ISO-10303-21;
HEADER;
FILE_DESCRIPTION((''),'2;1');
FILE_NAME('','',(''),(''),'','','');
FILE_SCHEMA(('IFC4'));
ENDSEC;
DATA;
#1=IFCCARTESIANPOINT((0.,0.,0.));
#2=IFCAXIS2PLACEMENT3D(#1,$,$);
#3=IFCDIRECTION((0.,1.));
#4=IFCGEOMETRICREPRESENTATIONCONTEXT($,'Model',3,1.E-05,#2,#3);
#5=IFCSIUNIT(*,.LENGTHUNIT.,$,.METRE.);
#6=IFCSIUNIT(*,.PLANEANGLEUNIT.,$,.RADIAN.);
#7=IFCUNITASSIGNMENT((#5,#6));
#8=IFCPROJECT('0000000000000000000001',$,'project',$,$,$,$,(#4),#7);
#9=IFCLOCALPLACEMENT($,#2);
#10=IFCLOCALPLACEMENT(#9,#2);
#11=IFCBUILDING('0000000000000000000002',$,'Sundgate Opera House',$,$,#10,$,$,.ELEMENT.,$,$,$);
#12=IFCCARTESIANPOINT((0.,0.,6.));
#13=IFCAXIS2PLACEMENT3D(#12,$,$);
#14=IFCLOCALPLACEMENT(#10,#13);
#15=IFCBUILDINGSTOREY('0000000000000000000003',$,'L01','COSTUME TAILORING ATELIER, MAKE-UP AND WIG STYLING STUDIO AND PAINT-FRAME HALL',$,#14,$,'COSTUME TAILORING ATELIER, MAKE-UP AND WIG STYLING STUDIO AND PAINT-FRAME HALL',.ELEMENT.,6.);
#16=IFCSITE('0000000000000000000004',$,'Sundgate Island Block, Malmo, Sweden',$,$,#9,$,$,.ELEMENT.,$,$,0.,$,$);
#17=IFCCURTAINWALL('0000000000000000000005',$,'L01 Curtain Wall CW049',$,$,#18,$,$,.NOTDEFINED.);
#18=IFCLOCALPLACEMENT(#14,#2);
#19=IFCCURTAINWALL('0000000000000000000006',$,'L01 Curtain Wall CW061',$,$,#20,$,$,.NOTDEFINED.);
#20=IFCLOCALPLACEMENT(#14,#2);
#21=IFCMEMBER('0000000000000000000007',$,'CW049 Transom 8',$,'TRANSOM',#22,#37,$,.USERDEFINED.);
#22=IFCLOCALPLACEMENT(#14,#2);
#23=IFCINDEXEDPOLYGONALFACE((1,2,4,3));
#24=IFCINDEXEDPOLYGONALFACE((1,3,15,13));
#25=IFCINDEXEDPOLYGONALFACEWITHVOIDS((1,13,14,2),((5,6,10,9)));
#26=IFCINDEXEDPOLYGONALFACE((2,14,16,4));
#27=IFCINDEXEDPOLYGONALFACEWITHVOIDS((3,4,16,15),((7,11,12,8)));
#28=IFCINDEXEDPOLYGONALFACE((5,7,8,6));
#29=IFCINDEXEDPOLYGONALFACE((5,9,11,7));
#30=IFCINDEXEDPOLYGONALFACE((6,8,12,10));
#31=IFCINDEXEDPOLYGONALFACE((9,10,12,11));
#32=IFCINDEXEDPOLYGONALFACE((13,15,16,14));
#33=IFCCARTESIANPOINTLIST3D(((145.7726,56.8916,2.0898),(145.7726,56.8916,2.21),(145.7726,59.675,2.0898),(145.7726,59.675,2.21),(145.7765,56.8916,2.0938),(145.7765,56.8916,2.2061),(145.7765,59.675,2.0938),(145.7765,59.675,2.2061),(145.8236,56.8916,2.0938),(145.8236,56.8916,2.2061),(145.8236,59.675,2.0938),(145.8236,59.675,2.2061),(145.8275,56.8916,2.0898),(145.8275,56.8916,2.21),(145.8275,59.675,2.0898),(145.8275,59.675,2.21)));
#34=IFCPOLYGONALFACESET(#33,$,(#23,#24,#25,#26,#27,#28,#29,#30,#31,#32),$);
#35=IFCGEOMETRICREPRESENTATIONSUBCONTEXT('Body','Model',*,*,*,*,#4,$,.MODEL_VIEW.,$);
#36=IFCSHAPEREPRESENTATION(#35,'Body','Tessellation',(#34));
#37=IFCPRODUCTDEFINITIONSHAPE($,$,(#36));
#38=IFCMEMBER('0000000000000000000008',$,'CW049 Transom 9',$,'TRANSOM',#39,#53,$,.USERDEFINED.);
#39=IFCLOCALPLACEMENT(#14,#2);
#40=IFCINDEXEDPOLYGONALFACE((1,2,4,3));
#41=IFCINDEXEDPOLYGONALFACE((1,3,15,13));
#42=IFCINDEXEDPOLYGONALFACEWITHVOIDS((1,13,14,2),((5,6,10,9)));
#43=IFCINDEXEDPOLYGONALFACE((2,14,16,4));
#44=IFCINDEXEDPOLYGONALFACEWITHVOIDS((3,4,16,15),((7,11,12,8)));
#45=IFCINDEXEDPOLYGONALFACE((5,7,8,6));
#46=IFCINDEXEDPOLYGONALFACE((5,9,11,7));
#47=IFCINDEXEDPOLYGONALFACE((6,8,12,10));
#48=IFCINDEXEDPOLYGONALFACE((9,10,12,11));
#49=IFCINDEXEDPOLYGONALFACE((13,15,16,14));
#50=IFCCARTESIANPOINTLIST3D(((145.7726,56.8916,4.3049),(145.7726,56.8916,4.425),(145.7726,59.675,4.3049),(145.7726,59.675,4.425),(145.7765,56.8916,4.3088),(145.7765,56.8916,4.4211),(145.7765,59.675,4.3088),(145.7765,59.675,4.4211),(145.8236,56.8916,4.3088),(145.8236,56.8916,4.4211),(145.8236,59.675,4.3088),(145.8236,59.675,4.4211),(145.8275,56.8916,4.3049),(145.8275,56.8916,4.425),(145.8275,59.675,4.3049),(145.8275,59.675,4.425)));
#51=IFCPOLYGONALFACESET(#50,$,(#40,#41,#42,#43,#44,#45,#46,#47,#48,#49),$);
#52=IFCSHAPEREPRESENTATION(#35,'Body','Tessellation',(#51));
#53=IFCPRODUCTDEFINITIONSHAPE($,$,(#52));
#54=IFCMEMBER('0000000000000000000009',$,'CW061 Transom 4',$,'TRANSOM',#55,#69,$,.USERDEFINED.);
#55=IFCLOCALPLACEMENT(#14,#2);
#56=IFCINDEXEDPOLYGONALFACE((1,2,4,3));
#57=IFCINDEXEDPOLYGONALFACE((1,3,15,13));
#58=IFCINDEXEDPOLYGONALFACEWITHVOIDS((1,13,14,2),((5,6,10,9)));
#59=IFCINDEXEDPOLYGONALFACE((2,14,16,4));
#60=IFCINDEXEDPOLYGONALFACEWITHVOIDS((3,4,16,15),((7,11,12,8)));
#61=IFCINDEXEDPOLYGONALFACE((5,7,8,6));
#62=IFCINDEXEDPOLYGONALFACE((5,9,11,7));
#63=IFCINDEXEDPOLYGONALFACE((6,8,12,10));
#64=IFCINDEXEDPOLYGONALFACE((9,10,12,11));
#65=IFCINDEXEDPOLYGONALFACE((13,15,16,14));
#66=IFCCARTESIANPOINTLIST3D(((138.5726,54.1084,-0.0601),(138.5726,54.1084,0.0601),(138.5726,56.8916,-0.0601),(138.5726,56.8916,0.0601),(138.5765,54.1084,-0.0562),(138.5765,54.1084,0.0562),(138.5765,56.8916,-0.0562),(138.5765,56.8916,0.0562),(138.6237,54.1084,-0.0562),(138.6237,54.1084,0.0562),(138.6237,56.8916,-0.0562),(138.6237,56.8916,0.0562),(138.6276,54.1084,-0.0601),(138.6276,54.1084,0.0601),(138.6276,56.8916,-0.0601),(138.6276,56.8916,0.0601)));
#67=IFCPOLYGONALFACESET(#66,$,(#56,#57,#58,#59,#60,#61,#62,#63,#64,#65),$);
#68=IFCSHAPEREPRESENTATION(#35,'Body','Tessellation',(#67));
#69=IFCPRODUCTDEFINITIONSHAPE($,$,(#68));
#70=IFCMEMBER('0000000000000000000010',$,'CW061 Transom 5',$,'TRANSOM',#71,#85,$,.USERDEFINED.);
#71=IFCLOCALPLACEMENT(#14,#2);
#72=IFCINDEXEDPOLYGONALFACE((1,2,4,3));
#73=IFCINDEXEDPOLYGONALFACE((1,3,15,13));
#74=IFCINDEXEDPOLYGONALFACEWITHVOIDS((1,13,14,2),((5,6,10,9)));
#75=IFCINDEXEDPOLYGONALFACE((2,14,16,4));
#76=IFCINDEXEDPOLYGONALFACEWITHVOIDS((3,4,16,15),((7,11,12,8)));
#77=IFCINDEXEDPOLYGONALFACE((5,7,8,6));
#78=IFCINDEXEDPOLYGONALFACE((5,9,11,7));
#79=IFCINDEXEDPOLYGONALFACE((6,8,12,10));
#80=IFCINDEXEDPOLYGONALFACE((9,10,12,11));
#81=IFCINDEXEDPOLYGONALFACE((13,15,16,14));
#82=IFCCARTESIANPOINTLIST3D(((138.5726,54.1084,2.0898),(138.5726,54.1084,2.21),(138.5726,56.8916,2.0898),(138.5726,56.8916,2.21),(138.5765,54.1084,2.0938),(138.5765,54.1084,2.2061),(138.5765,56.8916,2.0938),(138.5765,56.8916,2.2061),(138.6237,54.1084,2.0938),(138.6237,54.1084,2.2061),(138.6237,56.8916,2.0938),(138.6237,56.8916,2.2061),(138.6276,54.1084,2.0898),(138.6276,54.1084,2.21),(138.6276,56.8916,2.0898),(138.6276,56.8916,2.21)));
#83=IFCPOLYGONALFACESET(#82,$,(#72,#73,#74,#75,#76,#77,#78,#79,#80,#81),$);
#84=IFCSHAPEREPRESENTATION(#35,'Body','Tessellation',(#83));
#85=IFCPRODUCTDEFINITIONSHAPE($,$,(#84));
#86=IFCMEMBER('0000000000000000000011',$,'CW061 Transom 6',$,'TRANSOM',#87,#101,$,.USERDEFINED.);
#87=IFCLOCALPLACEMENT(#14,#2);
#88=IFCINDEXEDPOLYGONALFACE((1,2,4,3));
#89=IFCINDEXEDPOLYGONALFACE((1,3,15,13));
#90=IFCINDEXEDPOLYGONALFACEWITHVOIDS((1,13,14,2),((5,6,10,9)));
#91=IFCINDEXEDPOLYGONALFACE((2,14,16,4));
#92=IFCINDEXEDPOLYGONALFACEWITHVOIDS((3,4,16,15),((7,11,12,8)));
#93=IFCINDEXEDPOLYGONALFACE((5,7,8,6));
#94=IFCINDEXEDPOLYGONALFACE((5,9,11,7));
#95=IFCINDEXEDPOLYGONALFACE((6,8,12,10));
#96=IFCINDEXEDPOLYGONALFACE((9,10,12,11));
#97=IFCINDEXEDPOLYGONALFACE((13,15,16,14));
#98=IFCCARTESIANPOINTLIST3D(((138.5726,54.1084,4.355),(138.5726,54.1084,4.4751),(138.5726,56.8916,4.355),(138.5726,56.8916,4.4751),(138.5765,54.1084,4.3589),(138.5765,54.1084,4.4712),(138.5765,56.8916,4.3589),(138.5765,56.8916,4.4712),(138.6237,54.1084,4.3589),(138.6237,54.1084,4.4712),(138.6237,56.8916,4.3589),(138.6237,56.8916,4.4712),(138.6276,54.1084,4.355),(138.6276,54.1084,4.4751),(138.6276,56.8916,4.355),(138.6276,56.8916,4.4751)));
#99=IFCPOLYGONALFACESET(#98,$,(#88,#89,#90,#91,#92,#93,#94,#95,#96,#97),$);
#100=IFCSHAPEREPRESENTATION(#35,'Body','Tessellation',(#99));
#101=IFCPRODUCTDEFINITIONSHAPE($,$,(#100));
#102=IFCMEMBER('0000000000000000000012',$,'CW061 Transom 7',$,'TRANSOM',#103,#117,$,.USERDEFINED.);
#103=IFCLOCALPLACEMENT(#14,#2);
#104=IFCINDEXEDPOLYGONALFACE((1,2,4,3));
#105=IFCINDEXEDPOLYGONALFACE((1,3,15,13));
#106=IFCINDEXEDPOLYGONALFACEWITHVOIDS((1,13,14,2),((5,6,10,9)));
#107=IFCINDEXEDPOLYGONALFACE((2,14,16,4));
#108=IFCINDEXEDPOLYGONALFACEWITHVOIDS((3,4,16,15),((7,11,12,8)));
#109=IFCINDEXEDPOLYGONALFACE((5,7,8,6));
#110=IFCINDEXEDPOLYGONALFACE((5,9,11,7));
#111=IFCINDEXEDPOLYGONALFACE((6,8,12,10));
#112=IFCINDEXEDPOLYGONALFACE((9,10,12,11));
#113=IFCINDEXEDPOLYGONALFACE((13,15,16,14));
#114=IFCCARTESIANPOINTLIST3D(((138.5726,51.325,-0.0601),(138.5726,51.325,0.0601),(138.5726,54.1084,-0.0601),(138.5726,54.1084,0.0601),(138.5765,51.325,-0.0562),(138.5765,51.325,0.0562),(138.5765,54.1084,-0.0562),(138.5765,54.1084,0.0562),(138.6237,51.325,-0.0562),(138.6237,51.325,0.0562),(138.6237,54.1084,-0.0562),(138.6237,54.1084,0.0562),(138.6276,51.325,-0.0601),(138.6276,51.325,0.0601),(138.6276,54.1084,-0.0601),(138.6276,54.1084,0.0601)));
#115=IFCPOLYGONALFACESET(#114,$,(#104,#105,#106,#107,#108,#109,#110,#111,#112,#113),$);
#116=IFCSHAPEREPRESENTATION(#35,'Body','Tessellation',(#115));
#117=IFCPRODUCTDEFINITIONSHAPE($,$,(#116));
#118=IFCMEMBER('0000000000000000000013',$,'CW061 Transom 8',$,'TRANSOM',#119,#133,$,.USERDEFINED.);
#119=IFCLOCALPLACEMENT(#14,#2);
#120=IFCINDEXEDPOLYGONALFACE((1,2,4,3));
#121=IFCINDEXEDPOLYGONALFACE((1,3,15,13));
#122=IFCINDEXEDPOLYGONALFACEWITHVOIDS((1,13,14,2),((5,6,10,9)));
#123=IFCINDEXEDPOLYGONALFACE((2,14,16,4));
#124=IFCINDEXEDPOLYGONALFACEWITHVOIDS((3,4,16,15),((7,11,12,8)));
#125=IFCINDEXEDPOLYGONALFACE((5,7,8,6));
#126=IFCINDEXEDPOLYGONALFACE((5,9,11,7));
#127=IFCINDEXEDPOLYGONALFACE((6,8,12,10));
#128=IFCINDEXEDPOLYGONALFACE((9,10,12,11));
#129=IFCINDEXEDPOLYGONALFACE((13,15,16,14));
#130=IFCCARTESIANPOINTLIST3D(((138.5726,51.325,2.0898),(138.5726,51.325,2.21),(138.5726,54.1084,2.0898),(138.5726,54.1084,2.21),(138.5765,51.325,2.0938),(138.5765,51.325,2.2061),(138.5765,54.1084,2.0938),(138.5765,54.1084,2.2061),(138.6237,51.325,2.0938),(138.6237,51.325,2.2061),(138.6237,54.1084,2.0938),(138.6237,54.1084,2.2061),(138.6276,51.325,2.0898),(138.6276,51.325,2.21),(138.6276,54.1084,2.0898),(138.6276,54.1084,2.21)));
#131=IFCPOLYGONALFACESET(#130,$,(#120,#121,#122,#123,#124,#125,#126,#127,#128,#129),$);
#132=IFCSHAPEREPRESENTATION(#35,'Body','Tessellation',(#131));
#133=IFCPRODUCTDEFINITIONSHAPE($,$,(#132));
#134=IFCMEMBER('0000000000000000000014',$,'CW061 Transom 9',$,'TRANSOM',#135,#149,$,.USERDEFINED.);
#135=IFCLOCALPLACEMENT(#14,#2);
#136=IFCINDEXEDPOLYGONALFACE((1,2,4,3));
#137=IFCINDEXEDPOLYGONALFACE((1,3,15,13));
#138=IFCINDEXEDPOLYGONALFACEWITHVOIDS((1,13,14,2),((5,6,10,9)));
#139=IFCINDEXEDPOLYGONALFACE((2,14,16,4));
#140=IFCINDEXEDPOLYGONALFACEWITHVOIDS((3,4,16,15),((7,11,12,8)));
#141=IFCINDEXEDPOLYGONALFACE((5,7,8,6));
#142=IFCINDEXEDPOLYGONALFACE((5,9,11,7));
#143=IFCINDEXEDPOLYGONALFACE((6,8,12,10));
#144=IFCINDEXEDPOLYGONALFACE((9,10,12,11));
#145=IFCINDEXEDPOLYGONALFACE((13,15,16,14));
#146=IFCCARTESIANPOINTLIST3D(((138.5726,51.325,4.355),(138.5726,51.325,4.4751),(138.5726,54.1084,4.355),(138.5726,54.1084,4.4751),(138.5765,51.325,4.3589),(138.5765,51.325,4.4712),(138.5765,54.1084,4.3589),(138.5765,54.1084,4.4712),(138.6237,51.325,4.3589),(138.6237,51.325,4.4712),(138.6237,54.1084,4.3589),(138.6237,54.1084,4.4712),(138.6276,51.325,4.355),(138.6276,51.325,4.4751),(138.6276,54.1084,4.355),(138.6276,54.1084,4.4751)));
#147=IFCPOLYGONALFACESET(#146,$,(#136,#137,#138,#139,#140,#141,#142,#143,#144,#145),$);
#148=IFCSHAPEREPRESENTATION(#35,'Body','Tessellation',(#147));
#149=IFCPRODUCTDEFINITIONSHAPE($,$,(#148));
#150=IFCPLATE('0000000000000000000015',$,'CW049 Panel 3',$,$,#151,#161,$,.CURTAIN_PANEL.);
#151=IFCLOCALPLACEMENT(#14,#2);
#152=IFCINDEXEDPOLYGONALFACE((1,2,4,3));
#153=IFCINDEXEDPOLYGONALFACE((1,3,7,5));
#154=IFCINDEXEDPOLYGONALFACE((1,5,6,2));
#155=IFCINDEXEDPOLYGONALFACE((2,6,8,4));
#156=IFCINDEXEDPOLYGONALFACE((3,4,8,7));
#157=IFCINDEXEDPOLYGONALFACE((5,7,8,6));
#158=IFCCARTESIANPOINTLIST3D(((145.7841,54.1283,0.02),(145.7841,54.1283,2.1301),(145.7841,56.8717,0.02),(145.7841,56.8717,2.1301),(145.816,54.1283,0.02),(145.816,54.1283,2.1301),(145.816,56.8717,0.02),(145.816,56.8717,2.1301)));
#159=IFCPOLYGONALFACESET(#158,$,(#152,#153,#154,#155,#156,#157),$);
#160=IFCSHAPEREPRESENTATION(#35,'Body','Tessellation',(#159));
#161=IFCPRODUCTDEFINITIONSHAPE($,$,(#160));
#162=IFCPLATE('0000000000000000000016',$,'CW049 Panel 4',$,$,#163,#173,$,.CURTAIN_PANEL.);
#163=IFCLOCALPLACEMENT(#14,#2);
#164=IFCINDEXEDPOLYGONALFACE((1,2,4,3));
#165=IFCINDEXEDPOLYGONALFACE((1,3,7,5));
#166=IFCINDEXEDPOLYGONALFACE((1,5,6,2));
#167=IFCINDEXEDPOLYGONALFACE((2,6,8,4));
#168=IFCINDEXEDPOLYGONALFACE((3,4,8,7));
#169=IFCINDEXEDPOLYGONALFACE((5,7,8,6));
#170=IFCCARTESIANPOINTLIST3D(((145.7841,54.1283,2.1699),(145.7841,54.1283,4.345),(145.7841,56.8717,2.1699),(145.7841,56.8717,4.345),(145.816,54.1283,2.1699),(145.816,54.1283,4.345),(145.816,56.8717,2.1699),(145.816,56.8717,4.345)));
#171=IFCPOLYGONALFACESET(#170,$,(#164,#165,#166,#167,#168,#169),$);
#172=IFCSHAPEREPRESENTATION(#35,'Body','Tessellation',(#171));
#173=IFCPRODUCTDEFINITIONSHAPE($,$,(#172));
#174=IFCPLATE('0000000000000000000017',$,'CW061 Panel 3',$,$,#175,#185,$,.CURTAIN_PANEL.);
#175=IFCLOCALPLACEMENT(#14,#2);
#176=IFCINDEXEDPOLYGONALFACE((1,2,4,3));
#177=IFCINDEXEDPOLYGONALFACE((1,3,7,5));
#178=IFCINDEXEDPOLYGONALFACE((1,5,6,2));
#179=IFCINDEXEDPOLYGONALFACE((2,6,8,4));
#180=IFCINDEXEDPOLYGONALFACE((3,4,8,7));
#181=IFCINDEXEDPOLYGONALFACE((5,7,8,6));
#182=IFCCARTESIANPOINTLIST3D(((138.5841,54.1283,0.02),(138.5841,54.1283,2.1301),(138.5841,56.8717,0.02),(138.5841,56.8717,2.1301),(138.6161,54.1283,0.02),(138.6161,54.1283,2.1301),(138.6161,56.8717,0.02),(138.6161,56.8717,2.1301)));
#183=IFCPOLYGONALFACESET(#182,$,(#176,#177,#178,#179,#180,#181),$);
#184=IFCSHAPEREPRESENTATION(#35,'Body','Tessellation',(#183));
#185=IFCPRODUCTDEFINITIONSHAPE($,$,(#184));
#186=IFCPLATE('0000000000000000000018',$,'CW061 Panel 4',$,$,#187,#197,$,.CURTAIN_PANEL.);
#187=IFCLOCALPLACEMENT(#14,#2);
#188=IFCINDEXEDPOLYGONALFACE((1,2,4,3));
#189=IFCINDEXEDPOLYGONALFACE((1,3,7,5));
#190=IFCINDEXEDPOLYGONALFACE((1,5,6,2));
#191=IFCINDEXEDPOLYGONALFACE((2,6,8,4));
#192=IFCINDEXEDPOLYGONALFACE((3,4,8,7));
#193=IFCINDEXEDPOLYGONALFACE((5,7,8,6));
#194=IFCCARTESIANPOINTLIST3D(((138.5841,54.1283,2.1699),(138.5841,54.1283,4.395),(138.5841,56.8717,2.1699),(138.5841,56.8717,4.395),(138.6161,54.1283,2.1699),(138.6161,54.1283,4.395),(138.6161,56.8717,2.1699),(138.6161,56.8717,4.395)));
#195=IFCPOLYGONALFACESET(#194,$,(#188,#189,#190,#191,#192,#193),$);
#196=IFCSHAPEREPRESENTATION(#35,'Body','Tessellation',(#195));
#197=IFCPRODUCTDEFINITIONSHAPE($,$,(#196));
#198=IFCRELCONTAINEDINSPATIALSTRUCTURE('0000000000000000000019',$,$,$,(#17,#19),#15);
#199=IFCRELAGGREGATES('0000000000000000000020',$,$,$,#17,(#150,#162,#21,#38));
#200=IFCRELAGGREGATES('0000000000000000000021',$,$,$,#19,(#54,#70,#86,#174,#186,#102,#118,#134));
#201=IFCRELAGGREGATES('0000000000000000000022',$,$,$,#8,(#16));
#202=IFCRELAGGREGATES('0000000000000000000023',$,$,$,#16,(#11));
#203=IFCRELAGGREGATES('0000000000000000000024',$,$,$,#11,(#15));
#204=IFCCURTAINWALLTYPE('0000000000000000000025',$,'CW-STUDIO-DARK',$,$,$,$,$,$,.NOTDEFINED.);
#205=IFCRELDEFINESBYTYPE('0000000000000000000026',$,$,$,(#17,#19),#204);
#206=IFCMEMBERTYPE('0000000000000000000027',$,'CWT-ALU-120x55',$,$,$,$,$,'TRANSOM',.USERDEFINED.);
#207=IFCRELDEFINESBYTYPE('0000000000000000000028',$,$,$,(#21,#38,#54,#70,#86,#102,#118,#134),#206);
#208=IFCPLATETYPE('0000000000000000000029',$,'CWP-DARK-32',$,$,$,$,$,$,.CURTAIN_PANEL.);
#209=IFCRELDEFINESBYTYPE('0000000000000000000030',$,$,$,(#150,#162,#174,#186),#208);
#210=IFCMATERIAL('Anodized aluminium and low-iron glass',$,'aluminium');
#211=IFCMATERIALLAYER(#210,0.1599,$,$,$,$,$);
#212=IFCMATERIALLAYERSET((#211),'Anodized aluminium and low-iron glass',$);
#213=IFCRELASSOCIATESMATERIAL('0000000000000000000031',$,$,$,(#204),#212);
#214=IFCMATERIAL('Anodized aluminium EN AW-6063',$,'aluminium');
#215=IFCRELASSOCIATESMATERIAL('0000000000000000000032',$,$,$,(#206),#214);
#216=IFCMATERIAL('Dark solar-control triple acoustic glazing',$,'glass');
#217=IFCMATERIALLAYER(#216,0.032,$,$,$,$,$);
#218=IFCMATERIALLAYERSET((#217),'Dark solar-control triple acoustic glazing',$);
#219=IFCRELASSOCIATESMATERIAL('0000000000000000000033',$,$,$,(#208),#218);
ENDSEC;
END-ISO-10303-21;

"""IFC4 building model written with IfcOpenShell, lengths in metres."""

from ifc_helpers import new_model, si_unit, direction, frame, origin, origin_2d, place, context, subcontext, project, spatial, rectangle, hollow_rectangle, extrude, material, layer, layer_set, material_profile, profile_set, type_object, element, aggregate, save


model = new_model("IFC4")

# Units and contexts
model_context = context("Model", 3, precision=1e-05, world=origin(), true_north=direction((0.0, 1.0)))
body_context = subcontext(model_context, "Body", "Model", "MODEL_VIEW")
ifc_project = project(units=[si_unit("LENGTHUNIT", "METRE"), si_unit("PLANEANGLEUNIT", "RADIAN")], contexts=[model_context])

# Site, building, storey
site_placement = place(None, origin())
site = spatial("IfcSite", under=ifc_project, at=site_placement, Name="Sundgate Island Block, Malmo, Sweden", CompositionType="ELEMENT", RefElevation=0.0)
building_placement = place(site_placement, origin())
building = spatial("IfcBuilding", under=site, at=building_placement, Name="Sundgate Opera House", CompositionType="ELEMENT")
storey_placement = place(building_placement, frame((0.0, 0.0, 6.0)))
storey = spatial("IfcBuildingStorey", under=building, at=storey_placement, Name="L01", Description="COSTUME TAILORING ATELIER, MAKE-UP AND WIG STYLING STUDIO AND PAINT-FRAME HALL", LongName="COSTUME TAILORING ATELIER, MAKE-UP AND WIG STYLING STUDIO AND PAINT-FRAME HALL", CompositionType="ELEMENT", Elevation=6.0)

# Curtain walls
ifc_material_1 = material(Name="Anodized aluminium and low-iron glass", Category="aluminium")
ifc_layer_1 = layer(ifc_material_1, 0.1599)
ifc_layer_set_1 = layer_set([ifc_layer_1], Name="Anodized aluminium and low-iron glass")
curtain_wall_type = type_object("IfcCurtainWallType", Name="CW-STUDIO-DARK", PredefinedType="NOTDEFINED", material=ifc_layer_set_1)
curtain_wall_1_placement = place(storey_placement, origin())
curtain_wall_1 = element("IfcCurtainWall", 1, at=curtain_wall_1_placement, inside=storey, type_object=curtain_wall_type, Name="L01 Curtain Wall CW049", PredefinedType="NOTDEFINED")
curtain_wall_2_placement = place(storey_placement, origin())
curtain_wall_2 = element("IfcCurtainWall", 2, at=curtain_wall_2_placement, inside=storey, type_object=curtain_wall_type, Name="L01 Curtain Wall CW061", PredefinedType="NOTDEFINED")

# Members
ifc_material_2 = material(Name="Anodized aluminium EN AW-6063", Category="aluminium")
ifc_material_profile_1 = material_profile(ifc_material_2, hollow_rectangle(XDim=0.0549, YDim=0.1201, WallThickness=0.0039, at=origin_2d()), Name="CWT 120x55x4")
ifc_profile_set_1 = profile_set([ifc_material_profile_1], Name="Anodized aluminium EN AW-6063")
member_type_1 = type_object("IfcMemberType", Name="CWT-ALU-120x55", ElementType="TRANSOM", PredefinedType="USERDEFINED", material=ifc_profile_set_1)
member_1_placement = place(storey_placement, frame((145.8, 56.8916, 2.1499), z_axis=(0.0, 1.0, 0.0), x_axis=(-1.0, 0.0, 0.0)))
member_1 = element("IfcMember", 3, at=member_1_placement, type_object=member_type_1, Name="CW049 Transom 8", ObjectType="TRANSOM", PredefinedType="USERDEFINED", context=body_context, shape_type="SweptSolid", body=[
    extrude(hollow_rectangle(XDim=0.0549, YDim=0.1201, WallThickness=0.0039, at=origin_2d()), origin(), (0.0, 0.0, 1.0), 2.7834),
])
member_2_placement = place(storey_placement, frame((145.8, 56.8916, 4.365), z_axis=(0.0, 1.0, 0.0), x_axis=(-1.0, 0.0, 0.0)))
member_2 = element("IfcMember", 4, at=member_2_placement, type_object=member_type_1, Name="CW049 Transom 9", ObjectType="TRANSOM", PredefinedType="USERDEFINED", context=body_context, shape_type="SweptSolid", body=[
    extrude(hollow_rectangle(XDim=0.0549, YDim=0.1201, WallThickness=0.0039, at=origin_2d()), origin(), (0.0, 0.0, 1.0), 2.7834),
])
member_3_placement = place(storey_placement, frame((138.6001, 56.8916, 0.0), z_axis=(0.0, -1.0, 0.0), x_axis=(1.0, 0.0, 0.0)))
member_3 = element("IfcMember", 5, at=member_3_placement, type_object=member_type_1, Name="CW061 Transom 4", ObjectType="TRANSOM", PredefinedType="USERDEFINED", context=body_context, shape_type="SweptSolid", body=[
    extrude(hollow_rectangle(XDim=0.0549, YDim=0.1201, WallThickness=0.0039, at=origin_2d()), origin(), (0.0, 0.0, 1.0), 2.7832),
])
member_4_placement = place(storey_placement, frame((138.6001, 56.8916, 2.1499), z_axis=(0.0, -1.0, 0.0), x_axis=(1.0, 0.0, 0.0)))
member_4 = element("IfcMember", 6, at=member_4_placement, type_object=member_type_1, Name="CW061 Transom 5", ObjectType="TRANSOM", PredefinedType="USERDEFINED", context=body_context, shape_type="SweptSolid", body=[
    extrude(hollow_rectangle(XDim=0.0549, YDim=0.1201, WallThickness=0.0039, at=origin_2d()), origin(), (0.0, 0.0, 1.0), 2.7832),
])
member_5_placement = place(storey_placement, frame((138.6001, 56.8916, 4.415), z_axis=(0.0, -1.0, 0.0), x_axis=(1.0, 0.0, 0.0)))
member_5 = element("IfcMember", 7, at=member_5_placement, type_object=member_type_1, Name="CW061 Transom 6", ObjectType="TRANSOM", PredefinedType="USERDEFINED", context=body_context, shape_type="SweptSolid", body=[
    extrude(hollow_rectangle(XDim=0.0549, YDim=0.1201, WallThickness=0.0039, at=origin_2d()), origin(), (0.0, 0.0, 1.0), 2.7832),
])
member_6_placement = place(storey_placement, frame((138.6001, 54.1084, 0.0), z_axis=(0.0, -1.0, 0.0), x_axis=(1.0, 0.0, 0.0)))
member_6 = element("IfcMember", 8, at=member_6_placement, type_object=member_type_1, Name="CW061 Transom 7", ObjectType="TRANSOM", PredefinedType="USERDEFINED", context=body_context, shape_type="SweptSolid", body=[
    extrude(hollow_rectangle(XDim=0.0549, YDim=0.1201, WallThickness=0.0039, at=origin_2d()), origin(), (0.0, 0.0, 1.0), 2.7834),
])
member_7_placement = place(storey_placement, frame((138.6001, 54.1084, 2.1499), z_axis=(0.0, -1.0, 0.0), x_axis=(1.0, 0.0, 0.0)))
member_7 = element("IfcMember", 9, at=member_7_placement, type_object=member_type_1, Name="CW061 Transom 8", ObjectType="TRANSOM", PredefinedType="USERDEFINED", context=body_context, shape_type="SweptSolid", body=[
    extrude(hollow_rectangle(XDim=0.0549, YDim=0.1201, WallThickness=0.0039, at=origin_2d()), origin(), (0.0, 0.0, 1.0), 2.7834),
])
member_8_placement = place(storey_placement, frame((138.6001, 54.1084, 4.415), z_axis=(0.0, -1.0, 0.0), x_axis=(1.0, 0.0, 0.0)))
member_8 = element("IfcMember", 10, at=member_8_placement, type_object=member_type_1, Name="CW061 Transom 9", ObjectType="TRANSOM", PredefinedType="USERDEFINED", context=body_context, shape_type="SweptSolid", body=[
    extrude(hollow_rectangle(XDim=0.0549, YDim=0.1201, WallThickness=0.0039, at=origin_2d()), origin(), (0.0, 0.0, 1.0), 2.7834),
])

# Plates
ifc_material_3 = material(Name="Dark solar-control triple acoustic glazing", Category="glass")
ifc_layer_2 = layer(ifc_material_3, 0.032)
ifc_layer_set_2 = layer_set([ifc_layer_2], Name="Dark solar-control triple acoustic glazing")
plate_type = type_object("IfcPlateType", Name="CWP-DARK-32", PredefinedType="CURTAIN_PANEL", material=ifc_layer_set_2)
plate_1_placement = place(storey_placement, frame((145.8, 55.5, 0.02), z_axis=(0.0, 0.0, 1.0), x_axis=(0.0, 1.0, 0.0)))
plate_1 = element("IfcPlate", 11, at=plate_1_placement, type_object=plate_type, Name="CW049 Panel 3", PredefinedType="CURTAIN_PANEL", context=body_context, shape_type="SweptSolid", body=[
    extrude(rectangle(XDim=2.7434, YDim=0.032, at=origin_2d()), origin(), (0.0, 0.0, 1.0), 2.1101),
])
plate_2_placement = place(storey_placement, frame((145.8, 55.5, 2.1699), z_axis=(0.0, 0.0, 1.0), x_axis=(0.0, 1.0, 0.0)))
plate_2 = element("IfcPlate", 12, at=plate_2_placement, type_object=plate_type, Name="CW049 Panel 4", PredefinedType="CURTAIN_PANEL", context=body_context, shape_type="SweptSolid", body=[
    extrude(rectangle(XDim=2.7434, YDim=0.032, at=origin_2d()), origin(), (0.0, 0.0, 1.0), 2.175),
])
aggregate(curtain_wall_1, [plate_1, plate_2, member_1, member_2])
plate_3_placement = place(storey_placement, frame((138.6001, 55.5, 0.02), z_axis=(0.0, 0.0, 1.0), x_axis=(0.0, -1.0, 0.0)))
plate_3 = element("IfcPlate", 13, at=plate_3_placement, type_object=plate_type, Name="CW061 Panel 3", PredefinedType="CURTAIN_PANEL", context=body_context, shape_type="SweptSolid", body=[
    extrude(rectangle(XDim=2.7434, YDim=0.032, at=origin_2d()), origin(), (0.0, 0.0, 1.0), 2.1101),
])
plate_4_placement = place(storey_placement, frame((138.6001, 55.5, 2.1699), z_axis=(0.0, 0.0, 1.0), x_axis=(0.0, -1.0, 0.0)))
plate_4 = element("IfcPlate", 14, at=plate_4_placement, type_object=plate_type, Name="CW061 Panel 4", PredefinedType="CURTAIN_PANEL", context=body_context, shape_type="SweptSolid", body=[
    extrude(rectangle(XDim=2.7434, YDim=0.032, at=origin_2d()), origin(), (0.0, 0.0, 1.0), 2.2251),
])
aggregate(curtain_wall_2, [member_3, member_4, member_5, plate_3, plate_4, member_6, member_7, member_8])

save(model, "model.ifc")
